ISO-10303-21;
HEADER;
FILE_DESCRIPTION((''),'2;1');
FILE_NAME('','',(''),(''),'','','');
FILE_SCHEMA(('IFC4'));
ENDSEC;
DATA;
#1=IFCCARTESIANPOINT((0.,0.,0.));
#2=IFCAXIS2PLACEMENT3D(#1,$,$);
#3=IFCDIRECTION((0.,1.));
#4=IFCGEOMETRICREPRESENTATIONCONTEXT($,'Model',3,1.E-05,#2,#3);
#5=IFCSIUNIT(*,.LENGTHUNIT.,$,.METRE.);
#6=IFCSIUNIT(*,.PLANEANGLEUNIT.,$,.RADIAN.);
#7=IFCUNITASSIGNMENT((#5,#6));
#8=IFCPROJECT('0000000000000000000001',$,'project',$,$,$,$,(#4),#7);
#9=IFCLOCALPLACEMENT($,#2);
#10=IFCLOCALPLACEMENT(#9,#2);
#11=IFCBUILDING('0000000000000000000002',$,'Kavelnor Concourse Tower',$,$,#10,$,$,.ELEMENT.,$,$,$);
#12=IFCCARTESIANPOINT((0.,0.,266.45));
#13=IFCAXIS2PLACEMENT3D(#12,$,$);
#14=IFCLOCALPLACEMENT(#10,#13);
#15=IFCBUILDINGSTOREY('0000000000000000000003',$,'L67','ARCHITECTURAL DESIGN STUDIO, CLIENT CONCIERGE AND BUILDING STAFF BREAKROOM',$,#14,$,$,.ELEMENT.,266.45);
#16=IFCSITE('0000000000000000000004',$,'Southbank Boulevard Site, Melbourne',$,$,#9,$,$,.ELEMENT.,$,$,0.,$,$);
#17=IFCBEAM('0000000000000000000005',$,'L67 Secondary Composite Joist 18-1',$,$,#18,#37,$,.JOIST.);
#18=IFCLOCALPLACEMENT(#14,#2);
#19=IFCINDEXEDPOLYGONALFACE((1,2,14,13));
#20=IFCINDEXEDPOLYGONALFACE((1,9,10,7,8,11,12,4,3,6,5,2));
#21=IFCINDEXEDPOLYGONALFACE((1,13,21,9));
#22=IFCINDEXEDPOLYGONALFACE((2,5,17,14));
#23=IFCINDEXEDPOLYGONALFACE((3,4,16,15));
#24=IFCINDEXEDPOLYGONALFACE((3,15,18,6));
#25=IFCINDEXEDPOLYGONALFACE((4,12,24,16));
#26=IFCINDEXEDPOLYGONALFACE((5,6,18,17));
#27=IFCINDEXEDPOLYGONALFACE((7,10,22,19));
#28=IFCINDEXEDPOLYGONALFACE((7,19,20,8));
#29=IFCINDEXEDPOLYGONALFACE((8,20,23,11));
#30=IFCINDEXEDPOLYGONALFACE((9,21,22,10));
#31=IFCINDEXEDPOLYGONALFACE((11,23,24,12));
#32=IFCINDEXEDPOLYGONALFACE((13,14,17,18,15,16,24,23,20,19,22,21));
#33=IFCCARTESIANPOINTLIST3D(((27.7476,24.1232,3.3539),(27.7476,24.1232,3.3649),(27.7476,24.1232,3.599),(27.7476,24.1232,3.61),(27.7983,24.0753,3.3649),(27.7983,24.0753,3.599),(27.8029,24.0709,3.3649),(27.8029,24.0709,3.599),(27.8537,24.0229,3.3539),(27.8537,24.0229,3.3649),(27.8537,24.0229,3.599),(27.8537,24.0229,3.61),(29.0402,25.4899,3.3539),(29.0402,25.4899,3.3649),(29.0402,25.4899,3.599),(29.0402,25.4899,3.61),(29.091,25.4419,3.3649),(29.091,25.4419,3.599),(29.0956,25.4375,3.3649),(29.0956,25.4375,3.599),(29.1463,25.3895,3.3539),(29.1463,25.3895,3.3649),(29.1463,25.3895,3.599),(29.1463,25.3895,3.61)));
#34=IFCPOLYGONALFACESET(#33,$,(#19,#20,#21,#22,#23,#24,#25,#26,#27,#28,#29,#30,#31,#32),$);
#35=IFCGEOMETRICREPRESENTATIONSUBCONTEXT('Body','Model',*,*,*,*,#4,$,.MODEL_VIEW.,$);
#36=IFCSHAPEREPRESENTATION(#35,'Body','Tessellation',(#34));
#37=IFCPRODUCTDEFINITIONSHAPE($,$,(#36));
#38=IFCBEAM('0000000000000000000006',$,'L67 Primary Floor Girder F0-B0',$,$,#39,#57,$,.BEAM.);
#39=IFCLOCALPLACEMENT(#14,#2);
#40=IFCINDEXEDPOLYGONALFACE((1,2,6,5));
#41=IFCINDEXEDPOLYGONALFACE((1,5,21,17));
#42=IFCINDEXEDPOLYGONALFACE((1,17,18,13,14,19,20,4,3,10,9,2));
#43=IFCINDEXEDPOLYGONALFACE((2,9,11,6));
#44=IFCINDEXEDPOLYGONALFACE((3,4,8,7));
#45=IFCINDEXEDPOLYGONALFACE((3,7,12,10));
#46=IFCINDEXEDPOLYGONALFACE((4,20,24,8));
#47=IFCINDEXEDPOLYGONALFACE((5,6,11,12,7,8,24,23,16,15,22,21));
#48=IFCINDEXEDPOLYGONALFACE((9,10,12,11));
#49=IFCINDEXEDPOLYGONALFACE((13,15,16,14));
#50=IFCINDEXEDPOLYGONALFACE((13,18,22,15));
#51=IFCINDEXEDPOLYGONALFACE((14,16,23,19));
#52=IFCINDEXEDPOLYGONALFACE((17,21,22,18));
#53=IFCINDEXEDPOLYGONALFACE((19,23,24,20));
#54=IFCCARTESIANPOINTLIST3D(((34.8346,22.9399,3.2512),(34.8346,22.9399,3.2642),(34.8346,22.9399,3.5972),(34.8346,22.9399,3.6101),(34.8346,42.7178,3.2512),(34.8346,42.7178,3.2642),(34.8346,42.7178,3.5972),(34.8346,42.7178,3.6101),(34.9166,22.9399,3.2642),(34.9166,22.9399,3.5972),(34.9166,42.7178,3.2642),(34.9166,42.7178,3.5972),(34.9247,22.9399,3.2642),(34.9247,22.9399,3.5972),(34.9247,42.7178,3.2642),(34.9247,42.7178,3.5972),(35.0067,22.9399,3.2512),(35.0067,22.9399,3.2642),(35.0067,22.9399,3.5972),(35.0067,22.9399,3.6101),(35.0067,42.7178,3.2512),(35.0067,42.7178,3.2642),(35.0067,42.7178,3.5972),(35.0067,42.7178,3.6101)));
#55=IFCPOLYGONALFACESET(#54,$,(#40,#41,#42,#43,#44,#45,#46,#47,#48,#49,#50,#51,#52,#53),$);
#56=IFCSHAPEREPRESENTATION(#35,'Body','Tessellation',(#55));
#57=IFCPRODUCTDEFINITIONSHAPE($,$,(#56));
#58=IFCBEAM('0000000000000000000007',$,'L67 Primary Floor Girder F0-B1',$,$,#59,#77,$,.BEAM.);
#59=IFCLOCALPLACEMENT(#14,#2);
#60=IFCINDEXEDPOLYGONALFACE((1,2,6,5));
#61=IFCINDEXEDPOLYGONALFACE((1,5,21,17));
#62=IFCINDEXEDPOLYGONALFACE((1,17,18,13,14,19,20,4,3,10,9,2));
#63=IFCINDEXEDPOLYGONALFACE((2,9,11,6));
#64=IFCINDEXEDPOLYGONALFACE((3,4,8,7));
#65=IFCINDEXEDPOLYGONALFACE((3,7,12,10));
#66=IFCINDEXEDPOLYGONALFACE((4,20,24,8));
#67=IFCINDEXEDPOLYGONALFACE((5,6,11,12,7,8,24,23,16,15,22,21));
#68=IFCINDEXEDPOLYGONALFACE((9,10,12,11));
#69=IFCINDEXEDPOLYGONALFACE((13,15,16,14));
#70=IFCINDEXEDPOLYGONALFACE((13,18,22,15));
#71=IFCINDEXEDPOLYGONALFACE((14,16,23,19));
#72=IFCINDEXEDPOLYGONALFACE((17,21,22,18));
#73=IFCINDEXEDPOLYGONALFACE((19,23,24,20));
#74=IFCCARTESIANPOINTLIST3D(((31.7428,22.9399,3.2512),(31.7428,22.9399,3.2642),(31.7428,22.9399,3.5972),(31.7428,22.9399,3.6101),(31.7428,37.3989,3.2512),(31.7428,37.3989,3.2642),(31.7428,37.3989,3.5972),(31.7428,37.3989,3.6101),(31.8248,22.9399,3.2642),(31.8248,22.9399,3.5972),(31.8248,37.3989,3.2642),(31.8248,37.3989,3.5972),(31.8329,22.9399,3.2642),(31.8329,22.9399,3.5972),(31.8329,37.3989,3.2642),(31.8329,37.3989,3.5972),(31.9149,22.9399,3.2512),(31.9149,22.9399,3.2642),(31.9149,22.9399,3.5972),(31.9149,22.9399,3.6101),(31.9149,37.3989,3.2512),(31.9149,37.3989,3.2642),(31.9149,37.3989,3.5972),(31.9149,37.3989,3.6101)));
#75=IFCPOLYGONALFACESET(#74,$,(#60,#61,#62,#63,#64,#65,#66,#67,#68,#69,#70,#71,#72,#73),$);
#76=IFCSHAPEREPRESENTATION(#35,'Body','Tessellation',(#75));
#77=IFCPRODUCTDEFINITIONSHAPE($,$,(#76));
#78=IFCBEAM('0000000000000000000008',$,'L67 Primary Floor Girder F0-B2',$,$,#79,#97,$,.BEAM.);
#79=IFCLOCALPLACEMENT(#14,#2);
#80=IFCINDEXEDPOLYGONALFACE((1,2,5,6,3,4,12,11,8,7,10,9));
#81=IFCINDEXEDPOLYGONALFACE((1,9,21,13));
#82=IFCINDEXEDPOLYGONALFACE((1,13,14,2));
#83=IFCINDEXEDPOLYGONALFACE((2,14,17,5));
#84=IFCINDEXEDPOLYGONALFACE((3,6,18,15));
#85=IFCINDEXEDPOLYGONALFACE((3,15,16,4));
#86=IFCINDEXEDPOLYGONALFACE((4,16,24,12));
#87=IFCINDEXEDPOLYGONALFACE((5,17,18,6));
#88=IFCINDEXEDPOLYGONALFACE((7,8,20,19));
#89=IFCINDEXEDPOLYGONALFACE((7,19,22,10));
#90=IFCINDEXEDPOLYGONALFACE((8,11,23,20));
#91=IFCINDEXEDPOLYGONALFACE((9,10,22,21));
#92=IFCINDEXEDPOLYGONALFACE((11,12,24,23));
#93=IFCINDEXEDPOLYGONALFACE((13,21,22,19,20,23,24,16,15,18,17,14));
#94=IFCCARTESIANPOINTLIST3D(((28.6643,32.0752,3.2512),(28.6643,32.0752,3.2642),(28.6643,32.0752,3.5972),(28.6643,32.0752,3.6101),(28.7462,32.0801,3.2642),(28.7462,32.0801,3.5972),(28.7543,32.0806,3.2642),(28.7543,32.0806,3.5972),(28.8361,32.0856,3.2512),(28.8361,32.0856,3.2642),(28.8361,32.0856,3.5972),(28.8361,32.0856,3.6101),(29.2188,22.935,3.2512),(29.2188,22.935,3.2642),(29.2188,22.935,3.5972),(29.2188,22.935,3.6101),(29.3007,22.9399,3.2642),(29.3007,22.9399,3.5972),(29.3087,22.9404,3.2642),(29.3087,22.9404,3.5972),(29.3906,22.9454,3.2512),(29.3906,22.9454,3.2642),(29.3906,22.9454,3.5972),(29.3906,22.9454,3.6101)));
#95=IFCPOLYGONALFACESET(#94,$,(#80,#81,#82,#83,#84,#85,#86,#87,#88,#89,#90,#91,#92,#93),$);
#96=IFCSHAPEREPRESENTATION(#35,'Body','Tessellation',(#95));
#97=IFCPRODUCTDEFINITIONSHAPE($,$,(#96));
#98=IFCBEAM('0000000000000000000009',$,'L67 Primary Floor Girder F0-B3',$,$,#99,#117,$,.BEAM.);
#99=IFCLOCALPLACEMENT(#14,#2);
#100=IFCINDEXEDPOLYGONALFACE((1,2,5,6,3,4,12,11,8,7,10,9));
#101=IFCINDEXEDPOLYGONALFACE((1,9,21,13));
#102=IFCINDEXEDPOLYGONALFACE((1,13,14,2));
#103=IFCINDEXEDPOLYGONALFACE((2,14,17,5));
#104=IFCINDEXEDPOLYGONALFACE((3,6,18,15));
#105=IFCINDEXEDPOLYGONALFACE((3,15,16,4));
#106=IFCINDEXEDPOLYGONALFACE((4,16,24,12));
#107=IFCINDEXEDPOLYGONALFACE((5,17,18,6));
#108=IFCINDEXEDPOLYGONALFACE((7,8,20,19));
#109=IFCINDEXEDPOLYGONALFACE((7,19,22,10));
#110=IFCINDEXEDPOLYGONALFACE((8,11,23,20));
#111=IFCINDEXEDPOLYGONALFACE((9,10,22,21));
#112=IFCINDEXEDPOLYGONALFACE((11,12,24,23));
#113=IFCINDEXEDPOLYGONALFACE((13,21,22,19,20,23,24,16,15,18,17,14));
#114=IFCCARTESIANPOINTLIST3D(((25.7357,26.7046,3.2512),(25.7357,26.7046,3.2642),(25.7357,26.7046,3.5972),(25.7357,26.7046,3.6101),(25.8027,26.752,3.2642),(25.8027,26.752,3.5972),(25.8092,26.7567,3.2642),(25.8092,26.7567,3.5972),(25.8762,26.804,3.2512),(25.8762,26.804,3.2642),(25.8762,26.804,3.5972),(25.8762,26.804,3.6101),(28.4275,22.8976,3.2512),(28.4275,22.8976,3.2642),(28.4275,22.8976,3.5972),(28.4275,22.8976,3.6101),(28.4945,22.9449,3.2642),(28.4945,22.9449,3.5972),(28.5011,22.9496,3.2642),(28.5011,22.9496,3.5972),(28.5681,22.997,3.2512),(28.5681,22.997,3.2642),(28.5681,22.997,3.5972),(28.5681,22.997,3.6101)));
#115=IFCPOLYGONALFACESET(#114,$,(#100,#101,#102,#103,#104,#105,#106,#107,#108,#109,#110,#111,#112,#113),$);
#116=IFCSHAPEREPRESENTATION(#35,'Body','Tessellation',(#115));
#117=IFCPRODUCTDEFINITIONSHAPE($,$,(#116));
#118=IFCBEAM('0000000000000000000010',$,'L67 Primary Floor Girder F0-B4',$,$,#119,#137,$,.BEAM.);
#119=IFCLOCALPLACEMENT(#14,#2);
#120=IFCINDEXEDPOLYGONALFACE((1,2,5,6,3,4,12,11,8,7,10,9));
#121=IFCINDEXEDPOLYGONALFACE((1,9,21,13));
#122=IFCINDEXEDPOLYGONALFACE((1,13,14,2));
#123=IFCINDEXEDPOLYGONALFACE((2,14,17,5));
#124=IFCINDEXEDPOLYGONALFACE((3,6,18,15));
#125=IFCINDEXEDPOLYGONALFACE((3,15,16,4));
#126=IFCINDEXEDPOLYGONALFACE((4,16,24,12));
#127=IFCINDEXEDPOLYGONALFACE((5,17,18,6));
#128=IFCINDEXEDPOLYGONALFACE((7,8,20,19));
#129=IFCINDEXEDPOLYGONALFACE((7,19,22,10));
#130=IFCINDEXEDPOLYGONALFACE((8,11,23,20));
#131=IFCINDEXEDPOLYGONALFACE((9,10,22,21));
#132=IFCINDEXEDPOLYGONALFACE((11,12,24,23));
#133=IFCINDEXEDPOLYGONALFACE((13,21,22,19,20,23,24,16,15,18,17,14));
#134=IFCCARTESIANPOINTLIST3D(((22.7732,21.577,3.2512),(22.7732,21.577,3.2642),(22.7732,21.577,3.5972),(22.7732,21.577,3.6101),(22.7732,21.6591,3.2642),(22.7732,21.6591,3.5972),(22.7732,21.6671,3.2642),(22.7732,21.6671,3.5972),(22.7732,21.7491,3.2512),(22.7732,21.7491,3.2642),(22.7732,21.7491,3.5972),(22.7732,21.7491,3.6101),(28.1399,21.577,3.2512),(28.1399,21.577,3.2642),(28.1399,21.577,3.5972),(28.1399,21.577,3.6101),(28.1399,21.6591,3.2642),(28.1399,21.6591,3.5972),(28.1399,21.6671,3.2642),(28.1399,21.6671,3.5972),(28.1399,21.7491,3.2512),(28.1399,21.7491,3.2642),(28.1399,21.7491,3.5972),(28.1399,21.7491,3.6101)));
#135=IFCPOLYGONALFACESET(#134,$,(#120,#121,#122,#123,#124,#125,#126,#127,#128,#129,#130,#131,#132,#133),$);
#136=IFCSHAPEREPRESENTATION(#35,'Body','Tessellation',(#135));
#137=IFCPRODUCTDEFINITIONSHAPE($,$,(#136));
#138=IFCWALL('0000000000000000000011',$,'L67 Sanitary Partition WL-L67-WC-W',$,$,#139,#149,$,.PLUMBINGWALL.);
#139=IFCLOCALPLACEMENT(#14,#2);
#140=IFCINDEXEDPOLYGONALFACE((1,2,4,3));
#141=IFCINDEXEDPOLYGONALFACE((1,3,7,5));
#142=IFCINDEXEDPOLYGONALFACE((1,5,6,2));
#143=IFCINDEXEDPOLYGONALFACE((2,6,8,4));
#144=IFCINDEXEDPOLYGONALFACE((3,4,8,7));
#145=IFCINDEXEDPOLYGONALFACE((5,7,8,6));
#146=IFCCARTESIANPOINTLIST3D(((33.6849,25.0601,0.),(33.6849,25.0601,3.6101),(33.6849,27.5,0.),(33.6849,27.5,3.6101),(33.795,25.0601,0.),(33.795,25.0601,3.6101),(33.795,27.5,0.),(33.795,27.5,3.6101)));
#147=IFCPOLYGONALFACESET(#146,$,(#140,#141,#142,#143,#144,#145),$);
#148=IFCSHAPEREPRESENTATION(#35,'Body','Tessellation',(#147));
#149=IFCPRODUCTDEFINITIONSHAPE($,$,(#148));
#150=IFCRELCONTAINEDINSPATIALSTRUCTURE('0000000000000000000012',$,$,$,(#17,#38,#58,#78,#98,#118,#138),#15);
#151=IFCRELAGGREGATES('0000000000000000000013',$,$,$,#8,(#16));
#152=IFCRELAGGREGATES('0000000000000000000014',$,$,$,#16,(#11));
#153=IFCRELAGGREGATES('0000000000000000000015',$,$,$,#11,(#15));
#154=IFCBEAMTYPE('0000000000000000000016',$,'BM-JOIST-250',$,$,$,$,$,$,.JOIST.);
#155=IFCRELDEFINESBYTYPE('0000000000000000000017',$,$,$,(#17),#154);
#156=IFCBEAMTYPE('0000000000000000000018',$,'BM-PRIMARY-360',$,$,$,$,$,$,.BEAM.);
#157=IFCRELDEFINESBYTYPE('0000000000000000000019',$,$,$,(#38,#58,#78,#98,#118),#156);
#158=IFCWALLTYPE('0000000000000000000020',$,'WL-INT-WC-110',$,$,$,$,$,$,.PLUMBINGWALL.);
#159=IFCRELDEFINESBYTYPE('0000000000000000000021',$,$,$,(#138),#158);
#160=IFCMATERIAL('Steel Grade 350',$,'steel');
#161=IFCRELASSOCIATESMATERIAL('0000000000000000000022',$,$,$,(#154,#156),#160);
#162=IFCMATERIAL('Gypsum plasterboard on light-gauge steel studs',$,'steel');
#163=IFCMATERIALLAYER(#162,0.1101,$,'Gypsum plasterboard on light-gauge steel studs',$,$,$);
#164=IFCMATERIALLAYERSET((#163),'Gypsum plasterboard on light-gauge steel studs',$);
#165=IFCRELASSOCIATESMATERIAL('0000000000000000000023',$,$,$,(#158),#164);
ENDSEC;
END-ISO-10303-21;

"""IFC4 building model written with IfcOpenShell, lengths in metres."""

from ifc_helpers import new_model, si_unit, direction, frame, frame_2d, origin, origin_2d, place, context, subcontext, project, spatial, rectangle, i_section, extrude, material, layer, layer_set, material_profile, profile_set, type_object, element, save


model = new_model("IFC4")

# Units and contexts
model_context = context("Model", 3, precision=1e-05, world=origin(), true_north=direction((0.0, 1.0)))
body_context = subcontext(model_context, "Body", "Model", "MODEL_VIEW")
ifc_project = project(units=[si_unit("LENGTHUNIT", "METRE"), si_unit("PLANEANGLEUNIT", "RADIAN")], contexts=[model_context])

# Site, building, storey
site_placement = place(None, origin())
site = spatial("IfcSite", under=ifc_project, at=site_placement, Name="Southbank Boulevard Site, Melbourne", CompositionType="ELEMENT", RefElevation=0.0)
building_placement = place(site_placement, origin())
building = spatial("IfcBuilding", under=site, at=building_placement, Name="Kavelnor Concourse Tower", CompositionType="ELEMENT")
storey_placement = place(building_placement, frame((0.0, 0.0, 266.45)))
storey = spatial("IfcBuildingStorey", under=building, at=storey_placement, Name="L67", Description="ARCHITECTURAL DESIGN STUDIO, CLIENT CONCIERGE AND BUILDING STAFF BREAKROOM", CompositionType="ELEMENT", Elevation=266.45)

# Beams
ifc_material_1 = material(Name="Steel Grade 350", Category="steel")
ifc_material_profile_1 = material_profile(ifc_material_1, i_section(OverallWidth=0.146, OverallDepth=0.2561, WebThickness=0.0063, FlangeThickness=0.011, at=origin_2d()), Name="250UB37")
ifc_profile_set_1 = profile_set([ifc_material_profile_1], Name="Steel Grade 350")
beam_type_1 = type_object("IfcBeamType", Name="BM-JOIST-250", PredefinedType="JOIST", material=ifc_profile_set_1)
beam_1_placement = place(storey_placement, frame((29.0933, 25.4397, 3.4819), z_axis=(-0.687172, -0.726495, 0.0), x_axis=(0.726495, -0.687172, 0.0)))
element("IfcBeam", 1, at=beam_1_placement, inside=storey, type_object=beam_type_1, Name="L67 Secondary Composite Joist 18-1", PredefinedType="JOIST", context=body_context, shape_type="SweptSolid", body=[
    extrude(i_section(OverallWidth=0.146, OverallDepth=0.2561, WebThickness=0.0063, FlangeThickness=0.011, at=origin_2d()), origin(), (0.0, 0.0, 1.0), 1.8811),
])
ifc_material_profile_2 = material_profile(ifc_material_1, i_section(OverallWidth=0.1721, OverallDepth=0.3589, WebThickness=0.0081, FlangeThickness=0.0129, at=origin_2d()), Name="360UB56")
ifc_profile_set_2 = profile_set([ifc_material_profile_2], Name="Steel Grade 350")
beam_type_2 = type_object("IfcBeamType", Name="BM-PRIMARY-360", PredefinedType="BEAM", material=ifc_profile_set_2)
beam_2_placement = place(storey_placement, frame((34.9207, 22.9399, 3.4307), z_axis=(0.0, 1.0, 0.0), x_axis=(-1.0, 0.0, 0.0)))
element("IfcBeam", 2, at=beam_2_placement, inside=storey, type_object=beam_type_2, Name="L67 Primary Floor Girder F0-B0", PredefinedType="BEAM", context=body_context, shape_type="SweptSolid", body=[
    extrude(i_section(OverallWidth=0.1721, OverallDepth=0.3589, WebThickness=0.0081, FlangeThickness=0.0129, at=origin_2d()), origin(), (0.0, 0.0, 1.0), 19.7778),
])
beam_3_placement = place(storey_placement, frame((31.8289, 22.9399, 3.4307), z_axis=(0.0, 1.0, 0.0), x_axis=(-1.0, 0.0, 0.0)))
element("IfcBeam", 3, at=beam_3_placement, inside=storey, type_object=beam_type_2, Name="L67 Primary Floor Girder F0-B1", PredefinedType="BEAM", context=body_context, shape_type="SweptSolid", body=[
    extrude(i_section(OverallWidth=0.1721, OverallDepth=0.3589, WebThickness=0.0081, FlangeThickness=0.0129, at=origin_2d()), origin(), (0.0, 0.0, 1.0), 14.459),
])
beam_4_placement = place(storey_placement, frame((29.3047, 22.9402, 3.4307), z_axis=(-0.060549, 0.998165, 0.0), x_axis=(-0.998165, -0.060549, 0.0)))
element("IfcBeam", 4, at=beam_4_placement, inside=storey, type_object=beam_type_2, Name="L67 Primary Floor Girder F0-B2", PredefinedType="BEAM", context=body_context, shape_type="SweptSolid", body=[
    extrude(i_section(OverallWidth=0.1721, OverallDepth=0.3589, WebThickness=0.0081, FlangeThickness=0.0129, at=origin_2d()), origin(), (0.0, 0.0, 1.0), 9.157),
])
beam_5_placement = place(storey_placement, frame((28.4978, 22.9473, 3.4307), z_axis=(-0.577329, 0.816512, 0.0), x_axis=(-0.816512, -0.577329, 0.0)))
element("IfcBeam", 5, at=beam_5_placement, inside=storey, type_object=beam_type_2, Name="L67 Primary Floor Girder F0-B3", PredefinedType="BEAM", context=body_context, shape_type="SweptSolid", body=[
    extrude(i_section(OverallWidth=0.1721, OverallDepth=0.3589, WebThickness=0.0081, FlangeThickness=0.0129, at=origin_2d()), origin(), (0.0, 0.0, 1.0), 4.6626),
])
beam_6_placement = place(storey_placement, frame((28.1399, 21.6631, 3.4307), z_axis=(-1.0, 0.0, 0.0), x_axis=(0.0, -1.0, 0.0)))
element("IfcBeam", 6, at=beam_6_placement, inside=storey, type_object=beam_type_2, Name="L67 Primary Floor Girder F0-B4", PredefinedType="BEAM", context=body_context, shape_type="SweptSolid", body=[
    extrude(i_section(OverallWidth=0.1721, OverallDepth=0.3589, WebThickness=0.0081, FlangeThickness=0.0129, at=origin_2d()), origin(), (0.0, 0.0, 1.0), 5.3667),
])

# Wall
ifc_material_2 = material(Name="Gypsum plasterboard on light-gauge steel studs", Category="steel")
ifc_layer_1 = layer(ifc_material_2, 0.1101, Name="Gypsum plasterboard on light-gauge steel studs")
ifc_layer_set_1 = layer_set([ifc_layer_1], Name="Gypsum plasterboard on light-gauge steel studs")
wall_type_1 = type_object("IfcWallType", Name="WL-INT-WC-110", PredefinedType="PLUMBINGWALL", material=ifc_layer_set_1)
wall_1_placement = place(storey_placement, frame((33.74, 25.0601, 0.0), z_axis=(0.0, 0.0, 1.0), x_axis=(0.0, 1.0, 0.0)))
element("IfcWall", 7, at=wall_1_placement, inside=storey, type_object=wall_type_1, Name="L67 Sanitary Partition WL-L67-WC-W", PredefinedType="PLUMBINGWALL", context=body_context, shape_type="SweptSolid", body=[
    extrude(rectangle(XDim=2.4399, YDim=0.1101, at=frame_2d((1.22, 0.0))), origin(), (0.0, 0.0, 1.0), 3.6101),
])

save(model, "model.ifc")
